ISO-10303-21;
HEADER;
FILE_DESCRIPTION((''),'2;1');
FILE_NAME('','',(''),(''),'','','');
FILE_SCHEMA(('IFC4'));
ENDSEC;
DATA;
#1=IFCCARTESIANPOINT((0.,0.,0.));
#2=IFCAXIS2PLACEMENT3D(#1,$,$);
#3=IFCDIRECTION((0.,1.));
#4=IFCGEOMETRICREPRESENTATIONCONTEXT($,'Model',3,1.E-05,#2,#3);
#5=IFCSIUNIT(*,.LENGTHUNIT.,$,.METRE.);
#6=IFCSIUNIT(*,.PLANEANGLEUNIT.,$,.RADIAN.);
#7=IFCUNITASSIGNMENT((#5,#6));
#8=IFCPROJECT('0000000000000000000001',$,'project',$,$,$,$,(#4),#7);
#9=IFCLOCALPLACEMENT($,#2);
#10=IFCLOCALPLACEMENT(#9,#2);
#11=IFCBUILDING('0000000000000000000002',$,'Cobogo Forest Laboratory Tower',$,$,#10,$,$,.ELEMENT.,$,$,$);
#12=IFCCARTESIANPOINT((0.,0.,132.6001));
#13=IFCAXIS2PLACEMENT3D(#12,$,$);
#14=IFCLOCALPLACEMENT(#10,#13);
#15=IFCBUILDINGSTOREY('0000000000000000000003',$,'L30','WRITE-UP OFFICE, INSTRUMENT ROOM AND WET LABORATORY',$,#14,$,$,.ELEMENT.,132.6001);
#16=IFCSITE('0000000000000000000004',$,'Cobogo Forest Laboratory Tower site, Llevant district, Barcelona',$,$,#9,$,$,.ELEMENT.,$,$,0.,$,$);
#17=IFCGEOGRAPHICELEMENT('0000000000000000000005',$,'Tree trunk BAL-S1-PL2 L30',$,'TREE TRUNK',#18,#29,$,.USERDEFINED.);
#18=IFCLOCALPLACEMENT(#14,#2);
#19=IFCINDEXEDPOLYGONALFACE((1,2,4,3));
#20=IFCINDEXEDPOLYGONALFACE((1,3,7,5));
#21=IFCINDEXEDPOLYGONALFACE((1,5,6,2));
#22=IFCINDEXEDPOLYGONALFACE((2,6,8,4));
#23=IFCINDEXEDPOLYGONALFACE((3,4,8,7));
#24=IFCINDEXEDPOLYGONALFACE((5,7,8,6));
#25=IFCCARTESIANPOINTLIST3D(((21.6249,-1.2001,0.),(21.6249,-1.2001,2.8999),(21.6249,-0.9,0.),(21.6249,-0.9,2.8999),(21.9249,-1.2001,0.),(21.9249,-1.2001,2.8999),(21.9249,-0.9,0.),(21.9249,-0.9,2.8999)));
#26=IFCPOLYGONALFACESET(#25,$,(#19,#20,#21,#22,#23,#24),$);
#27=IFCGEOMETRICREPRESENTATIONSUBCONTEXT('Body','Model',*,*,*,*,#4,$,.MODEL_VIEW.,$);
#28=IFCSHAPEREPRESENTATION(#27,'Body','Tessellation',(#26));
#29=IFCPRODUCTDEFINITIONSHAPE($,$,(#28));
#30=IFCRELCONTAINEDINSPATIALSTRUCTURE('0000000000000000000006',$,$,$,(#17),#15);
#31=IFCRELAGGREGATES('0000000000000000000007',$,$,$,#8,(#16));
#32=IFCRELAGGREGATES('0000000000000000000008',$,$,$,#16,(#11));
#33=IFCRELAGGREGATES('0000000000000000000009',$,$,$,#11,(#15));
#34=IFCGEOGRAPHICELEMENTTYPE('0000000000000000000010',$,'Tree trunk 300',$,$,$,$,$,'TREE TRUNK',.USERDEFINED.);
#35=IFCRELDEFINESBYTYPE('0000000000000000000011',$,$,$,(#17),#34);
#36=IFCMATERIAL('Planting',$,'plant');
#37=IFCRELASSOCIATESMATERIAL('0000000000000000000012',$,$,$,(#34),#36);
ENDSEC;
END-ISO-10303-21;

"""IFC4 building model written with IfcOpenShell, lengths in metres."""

from ifc_helpers import new_model, si_unit, direction, frame, origin, origin_2d, place, context, subcontext, project, spatial, rectangle, extrude, material, type_object, element, save


model = new_model("IFC4")

# Units and contexts
model_context = context("Model", 3, precision=1e-05, world=origin(), true_north=direction((0.0, 1.0)))
body_context = subcontext(model_context, "Body", "Model", "MODEL_VIEW")
ifc_project = project(units=[si_unit("LENGTHUNIT", "METRE"), si_unit("PLANEANGLEUNIT", "RADIAN")], contexts=[model_context])

# Site, building, storey
site_placement = place(None, origin())
site = spatial("IfcSite", under=ifc_project, at=site_placement, Name="Cobogo Forest Laboratory Tower site, Llevant district, Barcelona", CompositionType="ELEMENT", RefElevation=0.0)
building_placement = place(site_placement, origin())
building = spatial("IfcBuilding", under=site, at=building_placement, Name="Cobogo Forest Laboratory Tower", CompositionType="ELEMENT")
storey_placement = place(building_placement, frame((0.0, 0.0, 132.6001)))
storey = spatial("IfcBuildingStorey", under=building, at=storey_placement, Name="L30", Description="WRITE-UP OFFICE, INSTRUMENT ROOM AND WET LABORATORY", CompositionType="ELEMENT", Elevation=132.6001)

# Geographic element
ifc_material_1 = material(Name="Planting", Category="plant")
geographic_element_type = type_object("IfcGeographicElementType", Name="Tree trunk 300", ElementType="TREE TRUNK", PredefinedType="USERDEFINED", material=ifc_material_1)
geographic_element_placement = place(storey_placement, frame((21.7749, -1.05, 0.0), z_axis=(0.0, 0.0, 1.0), x_axis=(1.0, 0.0, 0.0)))
element("IfcGeographicElement", 1, at=geographic_element_placement, inside=storey, type_object=geographic_element_type, Name="Tree trunk BAL-S1-PL2 L30", ObjectType="TREE TRUNK", PredefinedType="USERDEFINED", context=body_context, shape_type="SweptSolid", body=[
    extrude(rectangle(XDim=0.3, YDim=0.3, at=origin_2d()), origin(), (0.0, 0.0, 1.0), 2.8999),
])

save(model, "model.ifc")
